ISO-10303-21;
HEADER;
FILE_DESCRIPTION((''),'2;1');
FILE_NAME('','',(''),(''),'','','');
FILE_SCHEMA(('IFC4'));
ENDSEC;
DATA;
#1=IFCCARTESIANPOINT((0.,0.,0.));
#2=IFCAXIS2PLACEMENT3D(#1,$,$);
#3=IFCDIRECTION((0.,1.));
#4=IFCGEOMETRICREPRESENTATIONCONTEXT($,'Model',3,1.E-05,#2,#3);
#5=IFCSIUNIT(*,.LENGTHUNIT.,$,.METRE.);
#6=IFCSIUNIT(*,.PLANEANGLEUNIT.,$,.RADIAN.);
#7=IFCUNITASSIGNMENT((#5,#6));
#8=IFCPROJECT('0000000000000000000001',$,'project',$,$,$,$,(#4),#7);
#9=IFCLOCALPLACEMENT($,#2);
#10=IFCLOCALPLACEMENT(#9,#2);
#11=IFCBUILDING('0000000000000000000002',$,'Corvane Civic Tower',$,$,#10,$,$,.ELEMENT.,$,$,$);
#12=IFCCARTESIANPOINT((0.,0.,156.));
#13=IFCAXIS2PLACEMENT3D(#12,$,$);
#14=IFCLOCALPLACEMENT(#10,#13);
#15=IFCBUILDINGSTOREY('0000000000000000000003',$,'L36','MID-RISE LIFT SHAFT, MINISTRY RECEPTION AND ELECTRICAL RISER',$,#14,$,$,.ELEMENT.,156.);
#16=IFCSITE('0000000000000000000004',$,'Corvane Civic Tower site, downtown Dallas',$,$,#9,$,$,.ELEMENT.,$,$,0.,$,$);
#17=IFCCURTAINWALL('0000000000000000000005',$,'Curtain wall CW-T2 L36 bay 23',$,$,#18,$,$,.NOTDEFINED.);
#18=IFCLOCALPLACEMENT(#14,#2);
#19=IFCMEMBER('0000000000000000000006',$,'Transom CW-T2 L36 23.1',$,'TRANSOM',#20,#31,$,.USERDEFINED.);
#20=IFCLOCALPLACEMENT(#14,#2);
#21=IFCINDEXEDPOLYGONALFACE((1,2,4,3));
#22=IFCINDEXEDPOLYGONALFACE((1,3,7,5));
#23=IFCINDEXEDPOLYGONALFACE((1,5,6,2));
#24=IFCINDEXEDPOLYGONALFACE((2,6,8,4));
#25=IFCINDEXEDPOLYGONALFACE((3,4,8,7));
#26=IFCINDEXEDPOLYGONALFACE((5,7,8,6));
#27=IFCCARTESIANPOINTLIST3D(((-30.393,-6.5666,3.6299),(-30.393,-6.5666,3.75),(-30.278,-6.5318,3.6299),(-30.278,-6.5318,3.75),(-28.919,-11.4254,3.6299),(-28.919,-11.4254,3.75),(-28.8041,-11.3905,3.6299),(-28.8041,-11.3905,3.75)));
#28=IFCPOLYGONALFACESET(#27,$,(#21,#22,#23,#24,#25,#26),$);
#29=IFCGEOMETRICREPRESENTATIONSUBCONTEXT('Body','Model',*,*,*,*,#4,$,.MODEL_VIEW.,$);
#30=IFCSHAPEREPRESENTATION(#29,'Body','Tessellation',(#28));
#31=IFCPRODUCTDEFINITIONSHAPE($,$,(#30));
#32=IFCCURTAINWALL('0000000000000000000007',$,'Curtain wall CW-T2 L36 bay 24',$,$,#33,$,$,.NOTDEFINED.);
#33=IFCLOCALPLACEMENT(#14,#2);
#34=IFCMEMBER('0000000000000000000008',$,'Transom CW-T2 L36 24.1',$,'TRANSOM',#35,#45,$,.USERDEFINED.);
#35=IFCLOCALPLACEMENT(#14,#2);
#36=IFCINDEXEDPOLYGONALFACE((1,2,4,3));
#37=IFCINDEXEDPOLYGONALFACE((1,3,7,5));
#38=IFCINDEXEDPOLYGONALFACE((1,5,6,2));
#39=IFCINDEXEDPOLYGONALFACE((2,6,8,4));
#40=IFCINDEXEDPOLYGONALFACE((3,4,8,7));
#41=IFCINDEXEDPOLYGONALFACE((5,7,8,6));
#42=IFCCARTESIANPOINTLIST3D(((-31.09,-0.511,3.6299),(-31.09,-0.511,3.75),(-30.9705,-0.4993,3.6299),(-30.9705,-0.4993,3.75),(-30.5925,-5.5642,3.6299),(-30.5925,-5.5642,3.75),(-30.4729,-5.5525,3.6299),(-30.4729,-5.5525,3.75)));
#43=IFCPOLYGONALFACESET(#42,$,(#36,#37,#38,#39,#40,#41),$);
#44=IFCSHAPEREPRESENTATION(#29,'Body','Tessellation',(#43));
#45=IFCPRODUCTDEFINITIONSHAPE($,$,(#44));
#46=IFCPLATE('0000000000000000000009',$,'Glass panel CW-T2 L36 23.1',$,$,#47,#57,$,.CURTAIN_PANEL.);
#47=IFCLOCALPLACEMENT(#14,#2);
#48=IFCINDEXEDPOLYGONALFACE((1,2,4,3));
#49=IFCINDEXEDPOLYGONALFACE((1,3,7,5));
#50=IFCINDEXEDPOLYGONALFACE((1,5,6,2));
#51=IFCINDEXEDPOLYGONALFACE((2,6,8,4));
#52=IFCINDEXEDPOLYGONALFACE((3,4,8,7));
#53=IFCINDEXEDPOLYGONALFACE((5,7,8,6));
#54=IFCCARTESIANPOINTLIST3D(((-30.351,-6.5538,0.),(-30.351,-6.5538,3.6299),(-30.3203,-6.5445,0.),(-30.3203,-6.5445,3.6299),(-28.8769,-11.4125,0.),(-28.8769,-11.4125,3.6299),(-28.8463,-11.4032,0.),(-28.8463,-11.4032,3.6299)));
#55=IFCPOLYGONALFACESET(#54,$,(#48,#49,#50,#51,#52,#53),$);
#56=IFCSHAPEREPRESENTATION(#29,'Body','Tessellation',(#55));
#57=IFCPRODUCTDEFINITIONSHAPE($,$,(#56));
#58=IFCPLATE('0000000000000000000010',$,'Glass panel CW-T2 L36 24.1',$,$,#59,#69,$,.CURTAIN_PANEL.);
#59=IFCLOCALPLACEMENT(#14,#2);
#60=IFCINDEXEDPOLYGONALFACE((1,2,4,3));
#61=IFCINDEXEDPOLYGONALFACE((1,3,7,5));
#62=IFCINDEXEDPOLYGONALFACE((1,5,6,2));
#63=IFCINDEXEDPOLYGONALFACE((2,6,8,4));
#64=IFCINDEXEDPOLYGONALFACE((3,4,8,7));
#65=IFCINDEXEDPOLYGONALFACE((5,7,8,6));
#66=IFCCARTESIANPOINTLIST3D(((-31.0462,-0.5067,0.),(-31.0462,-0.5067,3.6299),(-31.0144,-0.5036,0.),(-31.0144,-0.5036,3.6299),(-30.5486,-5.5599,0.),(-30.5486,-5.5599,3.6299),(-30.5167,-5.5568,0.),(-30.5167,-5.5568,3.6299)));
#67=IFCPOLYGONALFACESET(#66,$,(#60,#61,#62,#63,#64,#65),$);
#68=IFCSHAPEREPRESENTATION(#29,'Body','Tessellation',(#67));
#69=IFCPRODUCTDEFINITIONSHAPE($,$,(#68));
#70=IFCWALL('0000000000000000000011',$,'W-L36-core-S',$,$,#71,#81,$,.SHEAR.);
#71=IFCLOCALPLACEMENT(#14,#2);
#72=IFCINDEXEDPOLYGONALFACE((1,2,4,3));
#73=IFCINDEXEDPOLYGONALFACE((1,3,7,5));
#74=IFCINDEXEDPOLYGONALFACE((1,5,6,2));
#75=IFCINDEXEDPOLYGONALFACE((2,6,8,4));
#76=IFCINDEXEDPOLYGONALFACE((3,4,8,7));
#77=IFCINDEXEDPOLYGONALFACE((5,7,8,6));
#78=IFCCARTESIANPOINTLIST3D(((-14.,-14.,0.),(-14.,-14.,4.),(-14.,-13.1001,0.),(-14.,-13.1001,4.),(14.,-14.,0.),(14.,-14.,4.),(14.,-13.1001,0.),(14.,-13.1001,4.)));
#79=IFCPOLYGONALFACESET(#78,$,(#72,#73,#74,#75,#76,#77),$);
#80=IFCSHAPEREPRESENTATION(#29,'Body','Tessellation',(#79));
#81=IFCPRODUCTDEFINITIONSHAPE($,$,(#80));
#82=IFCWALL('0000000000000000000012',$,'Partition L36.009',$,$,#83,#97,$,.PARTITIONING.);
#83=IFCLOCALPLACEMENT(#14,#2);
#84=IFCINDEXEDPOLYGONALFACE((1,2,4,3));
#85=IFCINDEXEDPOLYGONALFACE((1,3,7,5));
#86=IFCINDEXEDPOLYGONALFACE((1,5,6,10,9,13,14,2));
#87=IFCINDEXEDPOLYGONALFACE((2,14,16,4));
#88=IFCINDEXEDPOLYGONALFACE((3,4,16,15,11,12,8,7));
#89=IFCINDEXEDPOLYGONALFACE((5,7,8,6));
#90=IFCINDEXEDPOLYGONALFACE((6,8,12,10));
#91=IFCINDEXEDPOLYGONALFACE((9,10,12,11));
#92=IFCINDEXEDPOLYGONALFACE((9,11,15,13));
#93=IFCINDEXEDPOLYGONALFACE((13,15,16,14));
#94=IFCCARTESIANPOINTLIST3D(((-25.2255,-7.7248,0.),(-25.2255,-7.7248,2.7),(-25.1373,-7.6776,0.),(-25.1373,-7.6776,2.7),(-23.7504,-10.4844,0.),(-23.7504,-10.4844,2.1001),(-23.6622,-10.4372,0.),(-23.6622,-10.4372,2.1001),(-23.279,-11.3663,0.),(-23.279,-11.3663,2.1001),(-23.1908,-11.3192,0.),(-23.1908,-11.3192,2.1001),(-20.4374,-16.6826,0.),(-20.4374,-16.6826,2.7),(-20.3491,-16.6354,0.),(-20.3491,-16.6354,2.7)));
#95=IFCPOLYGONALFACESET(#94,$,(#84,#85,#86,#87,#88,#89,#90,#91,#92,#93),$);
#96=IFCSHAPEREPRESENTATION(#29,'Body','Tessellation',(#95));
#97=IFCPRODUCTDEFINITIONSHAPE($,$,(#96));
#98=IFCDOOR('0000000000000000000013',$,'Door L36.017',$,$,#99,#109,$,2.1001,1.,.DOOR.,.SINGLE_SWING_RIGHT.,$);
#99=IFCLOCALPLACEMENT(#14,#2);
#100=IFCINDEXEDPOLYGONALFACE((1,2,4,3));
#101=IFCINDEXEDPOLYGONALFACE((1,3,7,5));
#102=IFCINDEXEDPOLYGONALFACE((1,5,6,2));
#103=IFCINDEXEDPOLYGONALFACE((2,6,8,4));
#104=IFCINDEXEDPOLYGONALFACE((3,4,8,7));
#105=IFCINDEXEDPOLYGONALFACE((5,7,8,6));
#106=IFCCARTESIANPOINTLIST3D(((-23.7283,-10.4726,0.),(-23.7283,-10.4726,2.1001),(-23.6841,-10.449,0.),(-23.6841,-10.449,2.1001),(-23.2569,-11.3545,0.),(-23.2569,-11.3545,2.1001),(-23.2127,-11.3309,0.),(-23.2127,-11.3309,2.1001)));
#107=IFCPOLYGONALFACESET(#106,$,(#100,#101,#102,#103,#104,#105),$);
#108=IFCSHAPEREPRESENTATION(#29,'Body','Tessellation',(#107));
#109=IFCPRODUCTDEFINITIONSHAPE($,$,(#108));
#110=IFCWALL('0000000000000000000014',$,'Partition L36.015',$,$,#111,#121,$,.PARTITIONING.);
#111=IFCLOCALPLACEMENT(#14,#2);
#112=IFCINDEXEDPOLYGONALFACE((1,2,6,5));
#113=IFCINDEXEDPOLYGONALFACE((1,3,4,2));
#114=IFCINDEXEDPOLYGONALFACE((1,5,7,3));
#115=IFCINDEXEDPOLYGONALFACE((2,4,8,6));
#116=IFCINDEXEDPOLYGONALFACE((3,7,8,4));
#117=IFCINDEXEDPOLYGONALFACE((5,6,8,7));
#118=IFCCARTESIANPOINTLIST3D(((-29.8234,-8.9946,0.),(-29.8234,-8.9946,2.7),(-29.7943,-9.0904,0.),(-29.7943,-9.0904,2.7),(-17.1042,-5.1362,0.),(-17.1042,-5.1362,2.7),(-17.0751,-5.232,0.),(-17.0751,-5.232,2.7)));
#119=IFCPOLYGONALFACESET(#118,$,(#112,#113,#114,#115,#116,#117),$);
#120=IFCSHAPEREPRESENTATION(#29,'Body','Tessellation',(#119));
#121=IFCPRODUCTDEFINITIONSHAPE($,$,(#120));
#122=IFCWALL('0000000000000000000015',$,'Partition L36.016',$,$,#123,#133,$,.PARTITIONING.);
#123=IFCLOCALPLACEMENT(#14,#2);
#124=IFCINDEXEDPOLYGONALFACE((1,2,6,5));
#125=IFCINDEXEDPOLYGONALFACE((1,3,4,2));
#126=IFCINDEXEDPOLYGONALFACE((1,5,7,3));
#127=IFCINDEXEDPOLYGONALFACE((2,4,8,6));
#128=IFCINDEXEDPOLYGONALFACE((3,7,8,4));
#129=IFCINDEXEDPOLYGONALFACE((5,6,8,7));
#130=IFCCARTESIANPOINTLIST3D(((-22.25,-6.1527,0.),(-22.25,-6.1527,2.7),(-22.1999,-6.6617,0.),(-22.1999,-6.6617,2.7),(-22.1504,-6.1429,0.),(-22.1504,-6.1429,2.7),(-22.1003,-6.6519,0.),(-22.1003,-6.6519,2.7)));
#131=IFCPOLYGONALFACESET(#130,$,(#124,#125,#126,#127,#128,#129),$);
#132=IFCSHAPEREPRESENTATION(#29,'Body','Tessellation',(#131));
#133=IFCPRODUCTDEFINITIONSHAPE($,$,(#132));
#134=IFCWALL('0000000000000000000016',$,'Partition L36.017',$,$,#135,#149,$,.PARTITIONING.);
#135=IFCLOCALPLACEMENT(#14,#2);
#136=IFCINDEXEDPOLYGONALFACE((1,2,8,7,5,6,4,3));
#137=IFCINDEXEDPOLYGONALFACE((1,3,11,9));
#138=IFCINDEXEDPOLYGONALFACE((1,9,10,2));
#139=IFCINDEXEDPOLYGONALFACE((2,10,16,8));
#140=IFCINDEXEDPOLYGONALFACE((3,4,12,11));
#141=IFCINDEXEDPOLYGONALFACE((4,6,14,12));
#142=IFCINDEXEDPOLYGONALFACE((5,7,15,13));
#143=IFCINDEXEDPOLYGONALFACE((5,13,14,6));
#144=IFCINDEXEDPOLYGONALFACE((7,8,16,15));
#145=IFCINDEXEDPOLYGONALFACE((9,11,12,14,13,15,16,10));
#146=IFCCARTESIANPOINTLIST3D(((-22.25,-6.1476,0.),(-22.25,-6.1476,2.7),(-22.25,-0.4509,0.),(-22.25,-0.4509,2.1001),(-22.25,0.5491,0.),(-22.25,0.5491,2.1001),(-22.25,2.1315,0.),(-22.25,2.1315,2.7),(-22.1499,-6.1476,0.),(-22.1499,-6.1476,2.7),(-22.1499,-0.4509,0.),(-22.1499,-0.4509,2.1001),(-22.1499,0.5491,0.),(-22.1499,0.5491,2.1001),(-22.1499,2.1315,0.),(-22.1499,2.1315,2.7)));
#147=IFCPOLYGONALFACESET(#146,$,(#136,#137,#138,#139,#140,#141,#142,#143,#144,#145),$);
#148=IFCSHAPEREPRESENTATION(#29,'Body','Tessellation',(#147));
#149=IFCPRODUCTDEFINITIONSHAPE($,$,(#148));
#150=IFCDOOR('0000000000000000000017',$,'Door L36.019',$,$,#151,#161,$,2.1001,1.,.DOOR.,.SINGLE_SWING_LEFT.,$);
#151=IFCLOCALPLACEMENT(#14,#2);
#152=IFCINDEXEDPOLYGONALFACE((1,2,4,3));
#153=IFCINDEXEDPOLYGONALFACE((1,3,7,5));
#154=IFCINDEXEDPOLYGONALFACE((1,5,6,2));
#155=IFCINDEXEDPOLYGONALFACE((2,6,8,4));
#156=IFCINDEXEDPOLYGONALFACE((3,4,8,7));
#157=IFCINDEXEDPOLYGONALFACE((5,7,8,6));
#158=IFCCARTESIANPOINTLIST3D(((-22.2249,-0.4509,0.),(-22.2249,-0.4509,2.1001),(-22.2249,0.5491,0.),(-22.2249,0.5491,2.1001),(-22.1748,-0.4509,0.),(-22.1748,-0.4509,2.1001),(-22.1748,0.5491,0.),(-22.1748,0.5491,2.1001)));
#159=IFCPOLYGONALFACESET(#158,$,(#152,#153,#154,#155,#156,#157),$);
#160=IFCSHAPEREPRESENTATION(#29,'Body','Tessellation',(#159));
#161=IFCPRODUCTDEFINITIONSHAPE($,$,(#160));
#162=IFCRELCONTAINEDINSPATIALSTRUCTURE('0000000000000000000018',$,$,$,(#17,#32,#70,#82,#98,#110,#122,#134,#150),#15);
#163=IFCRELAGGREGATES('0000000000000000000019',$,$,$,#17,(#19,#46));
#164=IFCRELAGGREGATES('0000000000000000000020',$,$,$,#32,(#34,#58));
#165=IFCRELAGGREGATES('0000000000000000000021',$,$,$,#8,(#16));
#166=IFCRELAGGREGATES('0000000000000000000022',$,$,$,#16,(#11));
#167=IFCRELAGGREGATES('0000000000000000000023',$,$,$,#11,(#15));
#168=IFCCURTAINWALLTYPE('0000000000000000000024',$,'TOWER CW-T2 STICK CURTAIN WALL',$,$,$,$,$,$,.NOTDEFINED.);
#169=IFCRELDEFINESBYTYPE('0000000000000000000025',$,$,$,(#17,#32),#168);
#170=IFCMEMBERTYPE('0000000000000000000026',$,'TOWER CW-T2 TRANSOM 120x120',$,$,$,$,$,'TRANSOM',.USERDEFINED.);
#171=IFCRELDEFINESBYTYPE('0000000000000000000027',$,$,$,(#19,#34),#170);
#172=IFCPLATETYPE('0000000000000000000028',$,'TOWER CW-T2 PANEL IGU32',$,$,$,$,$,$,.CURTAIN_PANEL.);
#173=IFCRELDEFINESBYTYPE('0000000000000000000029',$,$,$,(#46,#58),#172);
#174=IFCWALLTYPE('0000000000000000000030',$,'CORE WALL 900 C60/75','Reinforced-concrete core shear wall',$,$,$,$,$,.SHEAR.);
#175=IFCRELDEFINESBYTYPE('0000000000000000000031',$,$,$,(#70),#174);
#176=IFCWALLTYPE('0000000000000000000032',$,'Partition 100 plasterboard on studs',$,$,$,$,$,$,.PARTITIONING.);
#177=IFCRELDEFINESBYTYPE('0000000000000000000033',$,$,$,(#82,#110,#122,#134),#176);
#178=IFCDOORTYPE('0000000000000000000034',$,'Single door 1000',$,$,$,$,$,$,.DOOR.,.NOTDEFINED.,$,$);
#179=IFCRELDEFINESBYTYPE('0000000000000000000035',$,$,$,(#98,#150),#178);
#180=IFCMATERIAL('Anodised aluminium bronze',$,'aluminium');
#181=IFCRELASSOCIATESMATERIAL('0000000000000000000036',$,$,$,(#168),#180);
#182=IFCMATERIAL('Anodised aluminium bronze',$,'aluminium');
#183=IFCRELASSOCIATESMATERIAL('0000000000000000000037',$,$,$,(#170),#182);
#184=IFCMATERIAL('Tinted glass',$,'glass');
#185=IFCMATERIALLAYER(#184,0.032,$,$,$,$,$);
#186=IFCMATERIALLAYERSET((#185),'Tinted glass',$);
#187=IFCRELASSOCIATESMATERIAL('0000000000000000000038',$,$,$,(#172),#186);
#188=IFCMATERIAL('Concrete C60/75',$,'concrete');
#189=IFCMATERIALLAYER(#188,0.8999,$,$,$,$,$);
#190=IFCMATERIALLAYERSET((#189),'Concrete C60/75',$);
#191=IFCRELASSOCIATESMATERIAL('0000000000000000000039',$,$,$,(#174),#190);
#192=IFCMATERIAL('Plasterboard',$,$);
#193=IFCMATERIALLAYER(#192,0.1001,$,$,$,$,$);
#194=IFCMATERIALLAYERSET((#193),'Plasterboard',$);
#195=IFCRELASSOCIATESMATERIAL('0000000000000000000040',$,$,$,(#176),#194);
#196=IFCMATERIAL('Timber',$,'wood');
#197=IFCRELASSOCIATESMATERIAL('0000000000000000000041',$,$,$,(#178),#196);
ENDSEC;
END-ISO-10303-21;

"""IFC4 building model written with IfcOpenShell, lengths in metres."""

from ifc_helpers import new_model, si_unit, direction, frame, frame_2d, origin, origin_2d, place, context, subcontext, project, spatial, rectangle, extrude, material, layer, layer_set, material_profile, profile_set, type_object, element, fill, aggregate, save


model = new_model("IFC4")

# Units and contexts
model_context = context("Model", 3, precision=1e-05, world=origin(), true_north=direction((0.0, 1.0)))
body_context = subcontext(model_context, "Body", "Model", "MODEL_VIEW")
ifc_project = project(units=[si_unit("LENGTHUNIT", "METRE"), si_unit("PLANEANGLEUNIT", "RADIAN")], contexts=[model_context])

# Site, building, storey
site_placement = place(None, origin())
site = spatial("IfcSite", under=ifc_project, at=site_placement, Name="Corvane Civic Tower site, downtown Dallas", CompositionType="ELEMENT", RefElevation=0.0)
building_placement = place(site_placement, origin())
building = spatial("IfcBuilding", under=site, at=building_placement, Name="Corvane Civic Tower", CompositionType="ELEMENT")
storey_placement = place(building_placement, frame((0.0, 0.0, 156.0)))
storey = spatial("IfcBuildingStorey", under=building, at=storey_placement, Name="L36", Description="MID-RISE LIFT SHAFT, MINISTRY RECEPTION AND ELECTRICAL RISER", CompositionType="ELEMENT", Elevation=156.0)

# Curtain walls, members
ifc_material_1 = material(Name="Anodised aluminium bronze", Category="aluminium")
curtain_wall_type = type_object("IfcCurtainWallType", Name="TOWER CW-T2 STICK CURTAIN WALL", PredefinedType="NOTDEFINED", material=ifc_material_1)
curtain_wall_1_placement = place(storey_placement, origin())
curtain_wall_1 = element("IfcCurtainWall", 1, at=curtain_wall_1_placement, inside=storey, type_object=curtain_wall_type, Name="Curtain wall CW-T2 L36 bay 23", PredefinedType="NOTDEFINED")
ifc_material_2 = material(Name="Anodised aluminium bronze", Category="aluminium")
ifc_material_profile_1 = material_profile(ifc_material_2, rectangle(XDim=0.1201, YDim=0.1201, at=origin_2d()), Name="TOWER CW-T2 TRANSOM 120x120")
ifc_profile_set_1 = profile_set([ifc_material_profile_1], Name="Anodised aluminium bronze")
member_type = type_object("IfcMemberType", Name="TOWER CW-T2 TRANSOM 120x120", ElementType="TRANSOM", PredefinedType="USERDEFINED", material=ifc_profile_set_1)
member_1_placement = place(storey_placement, frame((-28.8616, -11.408, 3.6899), z_axis=(-0.290289, 0.956939, 0.0), x_axis=(-0.956939, -0.290289, 0.0)))
member_1 = element("IfcMember", 2, at=member_1_placement, type_object=member_type, Name="Transom CW-T2 L36 23.1", ObjectType="TRANSOM", PredefinedType="USERDEFINED", context=body_context, shape_type="SweptSolid", body=[
    extrude(rectangle(XDim=0.1201, YDim=0.1201, at=origin_2d()), origin(), (0.0, 0.0, 1.0), 5.0774),
])
curtain_wall_2_placement = place(storey_placement, origin())
curtain_wall_2 = element("IfcCurtainWall", 3, at=curtain_wall_2_placement, inside=storey, type_object=curtain_wall_type, Name="Curtain wall CW-T2 L36 bay 24", PredefinedType="NOTDEFINED")
member_2_placement = place(storey_placement, frame((-30.5327, -5.5583, 3.6899), z_axis=(-0.09799, 0.995187, 0.0), x_axis=(-0.995187, -0.09799, 0.0)))
member_2 = element("IfcMember", 4, at=member_2_placement, type_object=member_type, Name="Transom CW-T2 L36 24.1", ObjectType="TRANSOM", PredefinedType="USERDEFINED", context=body_context, shape_type="SweptSolid", body=[
    extrude(rectangle(XDim=0.1201, YDim=0.1201, at=origin_2d()), origin(), (0.0, 0.0, 1.0), 5.0776),
])

# Plates
ifc_material_3 = material(Name="Tinted glass", Category="glass")
ifc_layer_1 = layer(ifc_material_3, 0.032)
ifc_layer_set_1 = layer_set([ifc_layer_1], Name="Tinted glass")
plate_type = type_object("IfcPlateType", Name="TOWER CW-T2 PANEL IGU32", PredefinedType="CURTAIN_PANEL", material=ifc_layer_set_1)
plate_1_placement = place(storey_placement, frame((-29.5986, -8.9785, 0.0), z_axis=(0.0, 0.0, 1.0), x_axis=(-0.290313, 0.956932, 0.0)))
plate_1 = element("IfcPlate", 5, at=plate_1_placement, type_object=plate_type, Name="Glass panel CW-T2 L36 23.1", PredefinedType="CURTAIN_PANEL", context=body_context, shape_type="SweptSolid", body=[
    extrude(rectangle(XDim=5.0774, YDim=0.032, at=origin_2d()), origin(), (0.0, 0.0, 1.0), 3.6299),
])
aggregate(curtain_wall_1, [member_1, plate_1])
plate_2_placement = place(storey_placement, frame((-30.7815, -3.0317, 0.0), z_axis=(0.0, 0.0, 1.0), x_axis=(-0.098012, 0.995185, 0.0)))
plate_2 = element("IfcPlate", 6, at=plate_2_placement, type_object=plate_type, Name="Glass panel CW-T2 L36 24.1", PredefinedType="CURTAIN_PANEL", context=body_context, shape_type="SweptSolid", body=[
    extrude(rectangle(XDim=5.0776, YDim=0.032, at=origin_2d()), origin(), (0.0, 0.0, 1.0), 3.6299),
])
aggregate(curtain_wall_2, [member_2, plate_2])

# Wall
ifc_material_4 = material(Name="Concrete C60/75", Category="concrete")
ifc_layer_2 = layer(ifc_material_4, 0.8999)
ifc_layer_set_2 = layer_set([ifc_layer_2], Name="Concrete C60/75")
wall_type_1 = type_object("IfcWallType", Name="CORE WALL 900 C60/75", Description="Reinforced-concrete core shear wall", PredefinedType="SHEAR", material=ifc_layer_set_2)
wall_1_placement = place(storey_placement, frame((-14.0, -13.55, 0.0), z_axis=(0.0, 0.0, 1.0), x_axis=(1.0, 0.0, 0.0)))
element("IfcWall", 7, at=wall_1_placement, inside=storey, type_object=wall_type_1, Name="W-L36-core-S", PredefinedType="SHEAR", context=body_context, shape_type="SweptSolid", body=[
    extrude(rectangle(XDim=28.0, YDim=0.8999, at=frame_2d((14.0, 0.0))), origin(), (0.0, 0.0, 1.0), 4.0),
])

# Wall, opening, door
ifc_material_5 = material(Name="Plasterboard")
ifc_layer_3 = layer(ifc_material_5, 0.1001)
ifc_layer_set_3 = layer_set([ifc_layer_3], Name="Plasterboard")
wall_type_2 = type_object("IfcWallType", Name="Partition 100 plasterboard on studs", PredefinedType="PARTITIONING", material=ifc_layer_set_3)
wall_2_placement = place(storey_placement, frame((-25.1814, -7.7012, 0.0), z_axis=(0.0, 0.0, 1.0), x_axis=(0.471401, -0.881919, 0.0)))
wall_2 = element("IfcWall", 8, at=wall_2_placement, inside=storey, type_object=wall_type_2, Name="Partition L36.009", PredefinedType="PARTITIONING", context=body_context, shape_type="SweptSolid", body=[
    extrude(rectangle(XDim=10.1572, YDim=0.1001, at=frame_2d((5.0786, 0.0))), origin(), (0.0, 0.0, 1.0), 2.7),
])
opening_1_placement = place(wall_2_placement, frame((3.1292, 0.0, 0.0)))
opening_1 = element("IfcOpeningElement", 9, at=opening_1_placement, cuts=wall_2, PredefinedType="OPENING", context=body_context, shape_type="SweptSolid", body=[
    extrude(rectangle(XDim=1.0, YDim=2.1001, at=frame_2d((0.5, 1.05))), frame((0.0, 0.0601, 0.0), z_axis=(0.0, -1.0, 0.0), x_axis=(1.0, 0.0, 0.0)), (0.0, 0.0, 1.0), 0.1201),
])
ifc_material_6 = material(Name="Timber", Category="wood")
door_type_1 = type_object("IfcDoorType", Name="Single door 1000", OperationType="NOTDEFINED", PredefinedType="DOOR", material=ifc_material_6)
door_1_placement = place(opening_1_placement, frame((1.0, 0.0, 0.0), z_axis=(0.0, 0.0, 1.0), x_axis=(-1.0, 0.0, 0.0)))
door_1 = element("IfcDoor", 10, at=door_1_placement, inside=storey, type_object=door_type_1, Name="Door L36.017", OperationType="SINGLE_SWING_RIGHT", OverallHeight=2.1001, OverallWidth=1.0, PredefinedType="DOOR", context=body_context, shape_type="SweptSolid", body=[
    extrude(rectangle(XDim=1.0, YDim=2.1001, at=frame_2d((0.5, 1.05))), frame((0.0, 0.0249, 0.0), z_axis=(0.0, -1.0, 0.0), x_axis=(1.0, 0.0, 0.0)), (0.0, 0.0, 1.0), 0.05),
])
fill(opening_1, door_1)

# Walls
wall_3_placement = place(storey_placement, frame((-29.8088, -9.0425, 0.0), z_axis=(0.0, 0.0, 1.0), x_axis=(0.956939, 0.290289, 0.0)))
element("IfcWall", 11, at=wall_3_placement, inside=storey, type_object=wall_type_2, Name="Partition L36.015", PredefinedType="PARTITIONING", context=body_context, shape_type="SweptSolid", body=[
    extrude(rectangle(XDim=13.2915, YDim=0.1001, at=frame_2d((6.6458, 0.0))), origin(), (0.0, 0.0, 1.0), 2.7),
])
wall_4_placement = place(storey_placement, frame((-22.2002, -6.1477, 0.0), z_axis=(0.0, 0.0, 1.0), x_axis=(0.09785, -0.995201, 0.0)))
element("IfcWall", 12, at=wall_4_placement, inside=storey, type_object=wall_type_2, Name="Partition L36.016", PredefinedType="PARTITIONING", context=body_context, shape_type="SweptSolid", body=[
    extrude(rectangle(XDim=0.5115, YDim=0.1001, at=frame_2d((0.2559, 0.0))), origin(), (0.0, 0.0, 1.0), 2.7),
])

# Wall, opening, door
wall_5_placement = place(storey_placement, frame((-22.2, -6.1477, 0.0), z_axis=(0.0, 0.0, 1.0), x_axis=(0.0, 1.0, 0.0)))
wall_5 = element("IfcWall", 13, at=wall_5_placement, inside=storey, type_object=wall_type_2, Name="Partition L36.017", PredefinedType="PARTITIONING", context=body_context, shape_type="SweptSolid", body=[
    extrude(rectangle(XDim=8.2791, YDim=0.1001, at=frame_2d((4.1396, 0.0))), origin(), (0.0, 0.0, 1.0), 2.7),
])
opening_2_placement = place(wall_5_placement, frame((5.6968, 0.0, 0.0)))
opening_2 = element("IfcOpeningElement", 14, at=opening_2_placement, cuts=wall_5, PredefinedType="OPENING", context=body_context, shape_type="SweptSolid", body=[
    extrude(rectangle(XDim=1.0, YDim=2.1001, at=frame_2d((0.5, 1.05))), frame((0.0, 0.0601, 0.0), z_axis=(0.0, -1.0, 0.0), x_axis=(1.0, 0.0, 0.0)), (0.0, 0.0, 1.0), 0.1201),
])
door_2_placement = place(opening_2_placement, origin())
door_2 = element("IfcDoor", 15, at=door_2_placement, inside=storey, type_object=door_type_1, Name="Door L36.019", OperationType="SINGLE_SWING_LEFT", OverallHeight=2.1001, OverallWidth=1.0, PredefinedType="DOOR", context=body_context, shape_type="SweptSolid", body=[
    extrude(rectangle(XDim=1.0, YDim=2.1001, at=frame_2d((0.5, 1.05))), frame((0.0, 0.0249, 0.0), z_axis=(0.0, -1.0, 0.0), x_axis=(1.0, 0.0, 0.0)), (0.0, 0.0, 1.0), 0.05),
])
fill(opening_2, door_2)

save(model, "model.ifc")
